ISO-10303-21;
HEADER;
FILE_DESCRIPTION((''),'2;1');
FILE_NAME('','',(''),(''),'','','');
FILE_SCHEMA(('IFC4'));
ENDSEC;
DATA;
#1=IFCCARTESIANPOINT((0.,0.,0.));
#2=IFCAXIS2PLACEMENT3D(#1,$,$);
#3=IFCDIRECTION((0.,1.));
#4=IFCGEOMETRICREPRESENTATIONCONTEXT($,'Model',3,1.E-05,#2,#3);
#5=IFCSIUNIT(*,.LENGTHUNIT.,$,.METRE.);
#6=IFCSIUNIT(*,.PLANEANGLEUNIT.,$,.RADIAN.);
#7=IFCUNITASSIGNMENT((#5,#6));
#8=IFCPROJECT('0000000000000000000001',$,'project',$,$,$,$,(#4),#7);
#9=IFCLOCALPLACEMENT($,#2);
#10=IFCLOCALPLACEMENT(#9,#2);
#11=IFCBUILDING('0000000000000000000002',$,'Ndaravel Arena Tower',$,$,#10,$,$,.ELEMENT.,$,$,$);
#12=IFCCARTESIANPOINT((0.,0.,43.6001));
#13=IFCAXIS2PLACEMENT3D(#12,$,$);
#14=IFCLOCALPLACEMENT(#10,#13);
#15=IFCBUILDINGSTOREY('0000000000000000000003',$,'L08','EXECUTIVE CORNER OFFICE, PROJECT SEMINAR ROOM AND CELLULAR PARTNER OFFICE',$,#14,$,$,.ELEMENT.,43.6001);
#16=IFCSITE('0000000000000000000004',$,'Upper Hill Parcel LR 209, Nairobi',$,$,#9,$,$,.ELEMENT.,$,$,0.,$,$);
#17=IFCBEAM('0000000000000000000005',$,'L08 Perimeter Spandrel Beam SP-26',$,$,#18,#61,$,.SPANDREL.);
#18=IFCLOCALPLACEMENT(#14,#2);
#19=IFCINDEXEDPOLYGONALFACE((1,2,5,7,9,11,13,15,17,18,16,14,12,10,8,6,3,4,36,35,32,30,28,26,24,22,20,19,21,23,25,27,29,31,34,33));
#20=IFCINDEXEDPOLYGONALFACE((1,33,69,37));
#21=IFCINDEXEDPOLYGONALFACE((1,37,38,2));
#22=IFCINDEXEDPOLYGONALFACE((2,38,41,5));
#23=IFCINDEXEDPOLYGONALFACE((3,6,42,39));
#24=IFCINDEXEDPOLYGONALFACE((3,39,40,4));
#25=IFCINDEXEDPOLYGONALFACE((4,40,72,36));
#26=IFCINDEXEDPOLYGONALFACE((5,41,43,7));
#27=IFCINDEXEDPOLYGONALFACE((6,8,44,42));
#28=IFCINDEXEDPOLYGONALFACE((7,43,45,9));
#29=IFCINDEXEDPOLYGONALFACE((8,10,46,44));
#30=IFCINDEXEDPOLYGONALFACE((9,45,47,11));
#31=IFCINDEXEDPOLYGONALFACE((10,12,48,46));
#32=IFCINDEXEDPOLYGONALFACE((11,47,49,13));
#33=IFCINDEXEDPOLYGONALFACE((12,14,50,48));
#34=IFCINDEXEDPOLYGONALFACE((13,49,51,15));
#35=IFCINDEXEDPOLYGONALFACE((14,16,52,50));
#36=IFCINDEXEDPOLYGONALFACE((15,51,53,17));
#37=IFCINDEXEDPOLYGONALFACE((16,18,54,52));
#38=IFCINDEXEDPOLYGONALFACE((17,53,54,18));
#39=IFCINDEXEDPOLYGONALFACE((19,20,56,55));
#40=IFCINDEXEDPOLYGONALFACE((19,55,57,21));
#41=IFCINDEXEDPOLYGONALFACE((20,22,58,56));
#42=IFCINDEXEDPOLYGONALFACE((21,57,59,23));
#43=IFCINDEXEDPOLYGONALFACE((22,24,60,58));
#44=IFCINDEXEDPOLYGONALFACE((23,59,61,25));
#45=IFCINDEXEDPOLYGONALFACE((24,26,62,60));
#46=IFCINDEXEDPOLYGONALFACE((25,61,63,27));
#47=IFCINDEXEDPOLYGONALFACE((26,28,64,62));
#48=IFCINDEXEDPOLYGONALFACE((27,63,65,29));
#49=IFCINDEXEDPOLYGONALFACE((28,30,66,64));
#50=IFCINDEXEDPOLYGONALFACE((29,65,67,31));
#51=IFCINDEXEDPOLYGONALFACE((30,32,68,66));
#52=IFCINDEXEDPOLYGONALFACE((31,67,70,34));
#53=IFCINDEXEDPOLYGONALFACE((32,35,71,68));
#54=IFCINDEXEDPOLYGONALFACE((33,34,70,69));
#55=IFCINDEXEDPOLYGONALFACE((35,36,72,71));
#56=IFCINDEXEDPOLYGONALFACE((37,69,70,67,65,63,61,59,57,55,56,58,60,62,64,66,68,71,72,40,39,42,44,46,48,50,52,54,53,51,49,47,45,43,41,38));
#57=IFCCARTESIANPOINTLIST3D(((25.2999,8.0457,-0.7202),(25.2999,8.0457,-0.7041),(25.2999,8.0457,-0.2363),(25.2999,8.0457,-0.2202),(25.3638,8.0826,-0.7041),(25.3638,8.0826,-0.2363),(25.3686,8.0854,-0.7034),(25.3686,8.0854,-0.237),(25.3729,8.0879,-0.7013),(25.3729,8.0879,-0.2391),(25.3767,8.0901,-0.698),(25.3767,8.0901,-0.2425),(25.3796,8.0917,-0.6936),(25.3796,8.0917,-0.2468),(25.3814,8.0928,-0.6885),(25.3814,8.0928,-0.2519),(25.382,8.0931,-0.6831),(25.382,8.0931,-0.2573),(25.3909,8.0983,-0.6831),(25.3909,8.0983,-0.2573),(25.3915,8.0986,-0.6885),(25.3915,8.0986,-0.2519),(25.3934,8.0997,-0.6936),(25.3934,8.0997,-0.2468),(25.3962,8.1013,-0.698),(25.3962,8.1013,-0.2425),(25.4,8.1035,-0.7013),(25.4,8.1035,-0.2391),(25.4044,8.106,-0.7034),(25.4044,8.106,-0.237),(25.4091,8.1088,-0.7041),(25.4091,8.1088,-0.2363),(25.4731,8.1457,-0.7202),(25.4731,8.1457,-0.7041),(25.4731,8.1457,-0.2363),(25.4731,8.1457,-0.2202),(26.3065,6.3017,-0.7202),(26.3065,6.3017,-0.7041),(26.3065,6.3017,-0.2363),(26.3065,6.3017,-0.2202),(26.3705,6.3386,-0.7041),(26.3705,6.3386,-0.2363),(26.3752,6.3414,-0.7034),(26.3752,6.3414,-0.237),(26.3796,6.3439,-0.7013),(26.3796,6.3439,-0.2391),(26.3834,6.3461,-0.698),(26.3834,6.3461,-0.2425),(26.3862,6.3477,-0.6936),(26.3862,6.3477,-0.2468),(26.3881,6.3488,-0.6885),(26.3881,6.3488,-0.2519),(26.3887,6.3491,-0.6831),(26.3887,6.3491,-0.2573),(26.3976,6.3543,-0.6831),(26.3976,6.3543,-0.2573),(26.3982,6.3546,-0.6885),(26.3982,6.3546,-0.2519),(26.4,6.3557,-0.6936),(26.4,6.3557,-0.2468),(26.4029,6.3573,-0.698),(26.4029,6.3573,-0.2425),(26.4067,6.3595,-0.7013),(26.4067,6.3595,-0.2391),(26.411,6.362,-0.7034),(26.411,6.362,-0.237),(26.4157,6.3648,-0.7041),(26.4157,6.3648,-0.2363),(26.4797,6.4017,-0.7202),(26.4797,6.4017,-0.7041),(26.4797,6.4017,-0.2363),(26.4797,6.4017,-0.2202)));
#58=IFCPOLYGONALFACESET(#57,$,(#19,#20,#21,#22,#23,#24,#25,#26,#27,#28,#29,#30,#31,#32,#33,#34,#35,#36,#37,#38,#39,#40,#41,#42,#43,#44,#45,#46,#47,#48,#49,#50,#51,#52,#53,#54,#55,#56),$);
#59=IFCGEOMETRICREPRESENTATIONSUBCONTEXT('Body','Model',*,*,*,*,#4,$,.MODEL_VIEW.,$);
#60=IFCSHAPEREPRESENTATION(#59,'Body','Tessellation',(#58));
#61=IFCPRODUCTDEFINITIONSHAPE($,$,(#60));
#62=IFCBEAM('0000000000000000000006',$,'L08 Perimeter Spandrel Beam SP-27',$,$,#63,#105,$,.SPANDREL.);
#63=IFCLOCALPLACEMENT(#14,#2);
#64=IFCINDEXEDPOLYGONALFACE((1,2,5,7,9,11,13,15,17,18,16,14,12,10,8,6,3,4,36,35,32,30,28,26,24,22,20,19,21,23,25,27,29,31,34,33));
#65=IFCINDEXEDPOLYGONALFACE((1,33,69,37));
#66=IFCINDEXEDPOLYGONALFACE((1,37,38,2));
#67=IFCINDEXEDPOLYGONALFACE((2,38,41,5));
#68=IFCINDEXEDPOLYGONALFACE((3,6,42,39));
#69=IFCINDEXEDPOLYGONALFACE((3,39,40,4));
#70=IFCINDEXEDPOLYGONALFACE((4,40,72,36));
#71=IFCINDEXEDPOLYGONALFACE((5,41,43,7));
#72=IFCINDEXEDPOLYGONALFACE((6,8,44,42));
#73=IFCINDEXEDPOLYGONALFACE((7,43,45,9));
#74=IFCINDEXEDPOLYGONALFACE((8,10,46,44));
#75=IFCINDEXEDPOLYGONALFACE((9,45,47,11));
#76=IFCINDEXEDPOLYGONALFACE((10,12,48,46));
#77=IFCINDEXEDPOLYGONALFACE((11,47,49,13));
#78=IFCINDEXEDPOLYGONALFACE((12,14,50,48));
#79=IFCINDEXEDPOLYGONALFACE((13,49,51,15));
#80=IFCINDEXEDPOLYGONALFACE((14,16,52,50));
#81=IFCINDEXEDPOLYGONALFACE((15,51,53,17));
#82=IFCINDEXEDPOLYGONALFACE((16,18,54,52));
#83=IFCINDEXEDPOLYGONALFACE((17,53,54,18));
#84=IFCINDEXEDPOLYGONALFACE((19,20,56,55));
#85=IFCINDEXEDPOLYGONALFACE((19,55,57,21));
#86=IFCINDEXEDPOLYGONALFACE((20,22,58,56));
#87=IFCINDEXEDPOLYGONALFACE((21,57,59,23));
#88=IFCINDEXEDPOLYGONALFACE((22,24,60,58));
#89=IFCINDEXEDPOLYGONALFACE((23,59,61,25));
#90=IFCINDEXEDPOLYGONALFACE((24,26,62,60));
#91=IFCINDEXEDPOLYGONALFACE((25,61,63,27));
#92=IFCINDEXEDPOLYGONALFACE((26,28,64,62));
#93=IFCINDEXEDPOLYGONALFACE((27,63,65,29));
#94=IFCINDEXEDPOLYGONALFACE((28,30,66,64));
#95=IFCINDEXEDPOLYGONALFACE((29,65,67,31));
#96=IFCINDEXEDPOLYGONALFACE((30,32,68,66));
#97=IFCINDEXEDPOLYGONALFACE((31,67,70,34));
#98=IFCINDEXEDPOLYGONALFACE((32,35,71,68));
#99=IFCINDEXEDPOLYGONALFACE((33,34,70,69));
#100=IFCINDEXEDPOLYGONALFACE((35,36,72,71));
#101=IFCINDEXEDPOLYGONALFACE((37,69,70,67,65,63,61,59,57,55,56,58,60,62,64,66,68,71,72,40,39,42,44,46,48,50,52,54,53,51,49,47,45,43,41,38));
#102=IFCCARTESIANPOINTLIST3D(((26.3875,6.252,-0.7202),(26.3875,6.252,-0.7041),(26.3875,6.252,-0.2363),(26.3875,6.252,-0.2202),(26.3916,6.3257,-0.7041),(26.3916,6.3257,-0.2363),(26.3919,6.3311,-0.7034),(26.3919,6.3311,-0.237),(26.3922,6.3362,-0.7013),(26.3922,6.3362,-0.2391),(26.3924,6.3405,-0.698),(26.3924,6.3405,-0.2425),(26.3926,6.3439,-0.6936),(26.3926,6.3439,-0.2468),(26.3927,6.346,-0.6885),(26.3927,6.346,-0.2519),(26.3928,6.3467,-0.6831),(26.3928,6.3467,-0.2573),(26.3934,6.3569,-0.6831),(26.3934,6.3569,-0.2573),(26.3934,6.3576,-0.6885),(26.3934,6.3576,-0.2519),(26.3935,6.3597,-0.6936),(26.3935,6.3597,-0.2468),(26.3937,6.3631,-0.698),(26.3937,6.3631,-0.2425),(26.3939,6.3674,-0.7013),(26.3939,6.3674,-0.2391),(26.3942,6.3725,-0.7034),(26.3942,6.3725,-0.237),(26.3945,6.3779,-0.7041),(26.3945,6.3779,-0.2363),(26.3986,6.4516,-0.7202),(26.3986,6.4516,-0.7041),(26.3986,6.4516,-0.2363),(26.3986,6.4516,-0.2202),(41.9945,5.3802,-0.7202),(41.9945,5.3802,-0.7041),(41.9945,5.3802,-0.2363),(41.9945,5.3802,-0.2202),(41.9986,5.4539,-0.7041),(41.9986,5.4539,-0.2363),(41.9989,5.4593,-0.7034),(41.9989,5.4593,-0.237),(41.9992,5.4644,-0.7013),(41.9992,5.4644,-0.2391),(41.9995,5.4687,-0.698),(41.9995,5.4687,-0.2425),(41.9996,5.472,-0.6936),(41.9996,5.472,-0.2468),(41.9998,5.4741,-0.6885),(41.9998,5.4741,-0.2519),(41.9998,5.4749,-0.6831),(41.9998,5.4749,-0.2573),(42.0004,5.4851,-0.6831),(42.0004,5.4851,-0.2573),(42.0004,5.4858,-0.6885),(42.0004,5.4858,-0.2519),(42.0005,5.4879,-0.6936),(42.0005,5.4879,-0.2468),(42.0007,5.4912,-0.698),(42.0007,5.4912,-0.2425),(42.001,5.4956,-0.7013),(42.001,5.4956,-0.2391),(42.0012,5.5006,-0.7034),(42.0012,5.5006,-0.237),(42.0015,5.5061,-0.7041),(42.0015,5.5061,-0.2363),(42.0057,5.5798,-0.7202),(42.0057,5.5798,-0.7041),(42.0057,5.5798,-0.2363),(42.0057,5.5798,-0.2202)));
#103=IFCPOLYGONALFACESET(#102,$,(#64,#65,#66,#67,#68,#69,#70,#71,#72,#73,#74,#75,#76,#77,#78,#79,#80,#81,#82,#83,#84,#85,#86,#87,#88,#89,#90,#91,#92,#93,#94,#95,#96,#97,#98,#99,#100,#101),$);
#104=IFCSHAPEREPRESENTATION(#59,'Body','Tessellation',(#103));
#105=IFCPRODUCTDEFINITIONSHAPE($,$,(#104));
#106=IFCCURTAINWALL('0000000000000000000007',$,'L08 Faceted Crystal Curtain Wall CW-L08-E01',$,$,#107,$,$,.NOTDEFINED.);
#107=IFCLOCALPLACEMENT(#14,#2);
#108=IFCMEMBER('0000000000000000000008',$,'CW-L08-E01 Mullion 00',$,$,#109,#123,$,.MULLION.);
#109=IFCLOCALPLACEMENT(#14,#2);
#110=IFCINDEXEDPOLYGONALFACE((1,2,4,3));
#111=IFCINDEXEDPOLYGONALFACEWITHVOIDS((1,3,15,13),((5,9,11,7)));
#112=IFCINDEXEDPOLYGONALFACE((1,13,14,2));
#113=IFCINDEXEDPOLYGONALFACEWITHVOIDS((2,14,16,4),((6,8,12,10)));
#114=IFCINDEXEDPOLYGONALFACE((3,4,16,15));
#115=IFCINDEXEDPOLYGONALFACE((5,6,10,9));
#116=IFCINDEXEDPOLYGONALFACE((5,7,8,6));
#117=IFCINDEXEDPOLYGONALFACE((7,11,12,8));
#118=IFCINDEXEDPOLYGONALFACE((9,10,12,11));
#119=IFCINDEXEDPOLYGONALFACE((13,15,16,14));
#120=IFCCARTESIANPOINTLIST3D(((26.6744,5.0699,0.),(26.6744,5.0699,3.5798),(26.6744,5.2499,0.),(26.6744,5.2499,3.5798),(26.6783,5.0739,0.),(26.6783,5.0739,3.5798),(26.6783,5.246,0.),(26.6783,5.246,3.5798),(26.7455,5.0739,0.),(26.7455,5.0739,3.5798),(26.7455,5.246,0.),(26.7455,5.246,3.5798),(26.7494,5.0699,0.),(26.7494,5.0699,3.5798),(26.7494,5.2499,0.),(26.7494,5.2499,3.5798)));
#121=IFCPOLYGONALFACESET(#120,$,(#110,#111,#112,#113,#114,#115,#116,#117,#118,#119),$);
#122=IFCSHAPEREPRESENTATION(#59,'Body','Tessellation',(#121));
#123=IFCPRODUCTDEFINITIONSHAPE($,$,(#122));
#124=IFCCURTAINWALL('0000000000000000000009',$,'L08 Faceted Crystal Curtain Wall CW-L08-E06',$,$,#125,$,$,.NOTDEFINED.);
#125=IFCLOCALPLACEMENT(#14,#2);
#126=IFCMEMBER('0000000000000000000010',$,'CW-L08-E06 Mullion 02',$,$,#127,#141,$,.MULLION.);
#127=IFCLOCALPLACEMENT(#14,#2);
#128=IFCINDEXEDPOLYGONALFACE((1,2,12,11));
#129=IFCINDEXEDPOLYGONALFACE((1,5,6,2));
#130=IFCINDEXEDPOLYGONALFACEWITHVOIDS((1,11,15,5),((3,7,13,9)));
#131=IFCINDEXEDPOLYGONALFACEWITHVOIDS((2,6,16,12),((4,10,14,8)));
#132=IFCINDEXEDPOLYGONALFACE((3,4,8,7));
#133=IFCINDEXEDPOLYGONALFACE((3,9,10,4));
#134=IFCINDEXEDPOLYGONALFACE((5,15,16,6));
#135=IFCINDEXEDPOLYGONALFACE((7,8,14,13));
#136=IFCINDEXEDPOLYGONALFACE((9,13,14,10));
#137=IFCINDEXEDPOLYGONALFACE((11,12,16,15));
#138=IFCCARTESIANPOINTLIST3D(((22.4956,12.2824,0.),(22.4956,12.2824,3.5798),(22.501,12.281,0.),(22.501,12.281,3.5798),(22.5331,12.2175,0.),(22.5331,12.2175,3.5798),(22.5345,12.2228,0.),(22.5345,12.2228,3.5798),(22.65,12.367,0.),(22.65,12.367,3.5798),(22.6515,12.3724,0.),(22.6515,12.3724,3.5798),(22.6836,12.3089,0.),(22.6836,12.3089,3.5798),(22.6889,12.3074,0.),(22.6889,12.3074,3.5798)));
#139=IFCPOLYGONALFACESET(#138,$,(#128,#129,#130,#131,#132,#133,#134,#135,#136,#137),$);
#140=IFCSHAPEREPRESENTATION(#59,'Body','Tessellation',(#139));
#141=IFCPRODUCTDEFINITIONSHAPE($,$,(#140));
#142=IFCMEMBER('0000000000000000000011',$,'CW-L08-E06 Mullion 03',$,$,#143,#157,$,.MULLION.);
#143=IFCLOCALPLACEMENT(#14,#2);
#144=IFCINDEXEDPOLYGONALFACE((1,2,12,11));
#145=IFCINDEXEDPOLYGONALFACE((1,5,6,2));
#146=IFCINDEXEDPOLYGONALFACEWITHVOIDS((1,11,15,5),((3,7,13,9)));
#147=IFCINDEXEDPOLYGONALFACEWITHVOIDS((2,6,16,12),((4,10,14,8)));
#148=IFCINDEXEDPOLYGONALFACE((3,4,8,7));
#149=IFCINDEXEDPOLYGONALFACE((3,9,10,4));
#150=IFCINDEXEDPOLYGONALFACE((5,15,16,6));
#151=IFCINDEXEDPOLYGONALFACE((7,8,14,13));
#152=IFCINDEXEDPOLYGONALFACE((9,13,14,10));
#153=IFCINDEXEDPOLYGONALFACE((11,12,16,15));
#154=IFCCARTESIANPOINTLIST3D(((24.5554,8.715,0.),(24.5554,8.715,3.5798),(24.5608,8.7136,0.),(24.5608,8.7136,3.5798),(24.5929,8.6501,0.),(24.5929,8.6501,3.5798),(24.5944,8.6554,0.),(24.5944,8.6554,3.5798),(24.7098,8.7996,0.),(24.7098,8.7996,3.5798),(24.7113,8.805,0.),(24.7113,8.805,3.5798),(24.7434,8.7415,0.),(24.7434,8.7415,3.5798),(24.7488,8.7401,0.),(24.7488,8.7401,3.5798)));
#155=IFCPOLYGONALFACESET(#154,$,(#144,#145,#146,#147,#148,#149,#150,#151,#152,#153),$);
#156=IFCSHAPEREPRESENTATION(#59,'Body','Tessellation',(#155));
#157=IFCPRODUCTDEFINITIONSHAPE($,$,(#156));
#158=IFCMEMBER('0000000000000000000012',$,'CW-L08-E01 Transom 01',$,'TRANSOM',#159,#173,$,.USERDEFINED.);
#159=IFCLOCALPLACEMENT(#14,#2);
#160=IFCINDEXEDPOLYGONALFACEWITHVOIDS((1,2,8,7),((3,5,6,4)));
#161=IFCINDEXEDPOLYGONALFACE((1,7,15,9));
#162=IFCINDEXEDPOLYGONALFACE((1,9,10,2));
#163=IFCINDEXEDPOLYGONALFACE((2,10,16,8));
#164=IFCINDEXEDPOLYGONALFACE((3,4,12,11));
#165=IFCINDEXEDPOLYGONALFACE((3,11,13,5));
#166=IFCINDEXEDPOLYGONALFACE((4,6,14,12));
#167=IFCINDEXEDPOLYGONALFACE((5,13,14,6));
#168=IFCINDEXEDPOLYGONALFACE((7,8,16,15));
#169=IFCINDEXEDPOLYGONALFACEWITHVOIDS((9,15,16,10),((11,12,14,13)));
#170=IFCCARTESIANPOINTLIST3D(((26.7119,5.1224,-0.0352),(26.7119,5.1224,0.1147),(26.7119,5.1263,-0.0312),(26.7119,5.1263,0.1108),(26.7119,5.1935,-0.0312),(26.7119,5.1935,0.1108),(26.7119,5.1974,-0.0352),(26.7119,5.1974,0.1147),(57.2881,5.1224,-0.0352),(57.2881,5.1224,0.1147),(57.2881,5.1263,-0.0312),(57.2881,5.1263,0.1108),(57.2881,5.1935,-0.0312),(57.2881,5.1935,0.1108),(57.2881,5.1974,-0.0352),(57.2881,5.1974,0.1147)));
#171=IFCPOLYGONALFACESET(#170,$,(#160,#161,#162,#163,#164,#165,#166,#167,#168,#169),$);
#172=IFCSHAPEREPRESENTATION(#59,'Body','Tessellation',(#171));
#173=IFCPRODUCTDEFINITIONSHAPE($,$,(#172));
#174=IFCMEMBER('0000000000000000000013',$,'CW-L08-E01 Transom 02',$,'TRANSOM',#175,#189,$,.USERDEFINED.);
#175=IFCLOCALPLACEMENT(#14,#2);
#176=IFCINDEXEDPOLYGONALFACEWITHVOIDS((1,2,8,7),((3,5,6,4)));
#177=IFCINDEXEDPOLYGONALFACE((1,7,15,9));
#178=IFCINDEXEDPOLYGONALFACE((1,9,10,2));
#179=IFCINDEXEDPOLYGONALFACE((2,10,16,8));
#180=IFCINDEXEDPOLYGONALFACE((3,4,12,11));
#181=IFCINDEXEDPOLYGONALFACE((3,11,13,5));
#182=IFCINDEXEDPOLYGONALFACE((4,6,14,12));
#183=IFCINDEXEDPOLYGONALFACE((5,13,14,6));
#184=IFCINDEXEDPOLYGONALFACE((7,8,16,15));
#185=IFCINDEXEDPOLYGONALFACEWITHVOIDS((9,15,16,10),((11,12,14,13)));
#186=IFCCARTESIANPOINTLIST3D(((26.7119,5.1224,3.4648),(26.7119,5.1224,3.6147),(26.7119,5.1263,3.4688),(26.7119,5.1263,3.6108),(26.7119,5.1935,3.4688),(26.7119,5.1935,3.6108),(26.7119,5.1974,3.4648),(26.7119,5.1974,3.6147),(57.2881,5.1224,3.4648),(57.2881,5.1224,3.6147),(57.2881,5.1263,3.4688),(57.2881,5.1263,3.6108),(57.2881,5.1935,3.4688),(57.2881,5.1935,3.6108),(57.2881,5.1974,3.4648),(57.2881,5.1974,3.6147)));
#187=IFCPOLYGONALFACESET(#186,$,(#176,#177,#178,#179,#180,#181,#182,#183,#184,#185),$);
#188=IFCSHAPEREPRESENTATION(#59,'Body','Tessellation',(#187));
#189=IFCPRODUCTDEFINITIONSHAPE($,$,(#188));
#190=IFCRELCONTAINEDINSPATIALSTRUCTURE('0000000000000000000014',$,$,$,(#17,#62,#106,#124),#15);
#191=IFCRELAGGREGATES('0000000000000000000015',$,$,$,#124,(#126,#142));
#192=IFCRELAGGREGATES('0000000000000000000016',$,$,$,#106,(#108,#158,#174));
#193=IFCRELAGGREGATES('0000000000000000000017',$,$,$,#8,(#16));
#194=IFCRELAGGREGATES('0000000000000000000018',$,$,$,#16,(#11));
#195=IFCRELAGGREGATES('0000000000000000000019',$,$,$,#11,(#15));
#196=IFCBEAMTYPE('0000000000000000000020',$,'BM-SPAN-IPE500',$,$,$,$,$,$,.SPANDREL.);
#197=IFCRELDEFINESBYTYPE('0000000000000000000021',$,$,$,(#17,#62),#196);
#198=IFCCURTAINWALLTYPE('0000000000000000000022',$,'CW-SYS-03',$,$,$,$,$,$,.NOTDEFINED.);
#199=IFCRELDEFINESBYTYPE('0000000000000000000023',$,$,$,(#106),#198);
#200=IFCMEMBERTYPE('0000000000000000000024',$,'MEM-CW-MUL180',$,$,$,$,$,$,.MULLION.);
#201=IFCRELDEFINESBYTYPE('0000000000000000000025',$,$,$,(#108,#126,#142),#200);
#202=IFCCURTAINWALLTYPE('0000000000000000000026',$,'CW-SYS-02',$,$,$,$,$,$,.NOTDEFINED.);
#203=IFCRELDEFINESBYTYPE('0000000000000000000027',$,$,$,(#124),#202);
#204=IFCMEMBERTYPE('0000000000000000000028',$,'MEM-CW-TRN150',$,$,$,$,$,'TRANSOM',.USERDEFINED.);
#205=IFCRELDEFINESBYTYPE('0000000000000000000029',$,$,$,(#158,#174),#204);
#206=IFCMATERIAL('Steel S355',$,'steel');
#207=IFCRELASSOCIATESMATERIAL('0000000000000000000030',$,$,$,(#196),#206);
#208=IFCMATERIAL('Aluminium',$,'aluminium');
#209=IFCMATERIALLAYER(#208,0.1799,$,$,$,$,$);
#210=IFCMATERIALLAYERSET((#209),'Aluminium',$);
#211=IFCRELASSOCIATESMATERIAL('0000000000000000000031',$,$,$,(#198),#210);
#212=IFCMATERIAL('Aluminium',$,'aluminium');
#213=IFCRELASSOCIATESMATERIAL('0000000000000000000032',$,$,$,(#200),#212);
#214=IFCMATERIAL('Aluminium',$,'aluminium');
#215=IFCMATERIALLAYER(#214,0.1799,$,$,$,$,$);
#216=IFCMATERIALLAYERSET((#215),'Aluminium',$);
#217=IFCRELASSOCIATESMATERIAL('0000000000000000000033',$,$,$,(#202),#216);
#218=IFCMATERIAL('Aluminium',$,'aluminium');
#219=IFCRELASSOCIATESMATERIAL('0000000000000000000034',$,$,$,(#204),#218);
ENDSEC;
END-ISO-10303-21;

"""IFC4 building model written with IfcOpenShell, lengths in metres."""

from ifc_helpers import new_model, si_unit, direction, frame, origin, origin_2d, place, context, subcontext, project, spatial, hollow_rectangle, i_section, extrude, material, layer, layer_set, material_profile, profile_set, type_object, element, aggregate, save


model = new_model("IFC4")

# Units and contexts
model_context = context("Model", 3, precision=1e-05, world=origin(), true_north=direction((0.0, 1.0)))
body_context = subcontext(model_context, "Body", "Model", "MODEL_VIEW")
ifc_project = project(units=[si_unit("LENGTHUNIT", "METRE"), si_unit("PLANEANGLEUNIT", "RADIAN")], contexts=[model_context])

# Site, building, storey
site_placement = place(None, origin())
site = spatial("IfcSite", under=ifc_project, at=site_placement, Name="Upper Hill Parcel LR 209, Nairobi", CompositionType="ELEMENT", RefElevation=0.0)
building_placement = place(site_placement, origin())
building = spatial("IfcBuilding", under=site, at=building_placement, Name="Ndaravel Arena Tower", CompositionType="ELEMENT")
storey_placement = place(building_placement, frame((0.0, 0.0, 43.6001)))
storey = spatial("IfcBuildingStorey", under=building, at=storey_placement, Name="L08", Description="EXECUTIVE CORNER OFFICE, PROJECT SEMINAR ROOM AND CELLULAR PARTNER OFFICE", CompositionType="ELEMENT", Elevation=43.6001)

# Beams
ifc_material_1 = material(Name="Steel S355", Category="steel")
ifc_material_profile_1 = material_profile(ifc_material_1, i_section(OverallWidth=0.2, OverallDepth=0.5, WebThickness=0.0103, FlangeThickness=0.0161, FilletRadius=0.021, at=origin_2d()), Name="IPE 500")
ifc_profile_set_1 = profile_set([ifc_material_profile_1], Name="Steel S355")
beam_type = type_object("IfcBeamType", Name="BM-SPAN-IPE500", PredefinedType="SPANDREL", material=ifc_profile_set_1)
beam_1_placement = place(storey_placement, frame((25.3865, 8.0957, -0.4702), z_axis=(0.499908, -0.866079, 0.0), x_axis=(0.866079, 0.499908, 0.0)))
element("IfcBeam", 1, at=beam_1_placement, inside=storey, type_object=beam_type, Name="L08 Perimeter Spandrel Beam SP-26", PredefinedType="SPANDREL", context=body_context, shape_type="SweptSolid", body=[
    extrude(i_section(OverallWidth=0.2, OverallDepth=0.5, WebThickness=0.0103, FlangeThickness=0.0161, FilletRadius=0.021, at=origin_2d()), origin(), (0.0, 0.0, 1.0), 2.0137),
])
beam_2_placement = place(storey_placement, frame((26.3931, 6.3518, -0.4702), z_axis=(0.998443, -0.055775, 0.0), x_axis=(0.055775, 0.998443, 0.0)))
element("IfcBeam", 2, at=beam_2_placement, inside=storey, type_object=beam_type, Name="L08 Perimeter Spandrel Beam SP-27", PredefinedType="SPANDREL", context=body_context, shape_type="SweptSolid", body=[
    extrude(i_section(OverallWidth=0.2, OverallDepth=0.5, WebThickness=0.0103, FlangeThickness=0.0161, FilletRadius=0.021, at=origin_2d()), origin(), (0.0, 0.0, 1.0), 15.6313),
])

# Curtain wall, member
ifc_material_2 = material(Name="Aluminium", Category="aluminium")
ifc_layer_1 = layer(ifc_material_2, 0.1799)
ifc_layer_set_1 = layer_set([ifc_layer_1], Name="Aluminium")
curtain_wall_type_1 = type_object("IfcCurtainWallType", Name="CW-SYS-03", PredefinedType="NOTDEFINED", material=ifc_layer_set_1)
curtain_wall_1_placement = place(storey_placement, origin())
curtain_wall_1 = element("IfcCurtainWall", 3, at=curtain_wall_1_placement, inside=storey, type_object=curtain_wall_type_1, Name="L08 Faceted Crystal Curtain Wall CW-L08-E01", PredefinedType="NOTDEFINED")
ifc_material_3 = material(Name="Aluminium", Category="aluminium")
ifc_material_profile_2 = material_profile(ifc_material_3, hollow_rectangle(XDim=0.075, YDim=0.1799, WallThickness=0.0039, at=origin_2d()), Name="CW MULLION 75x180x4")
ifc_profile_set_2 = profile_set([ifc_material_profile_2], Name="Aluminium")
member_type_1 = type_object("IfcMemberType", Name="MEM-CW-MUL180", PredefinedType="MULLION", material=ifc_profile_set_2)
member_1_placement = place(storey_placement, frame((26.7119, 5.1599, 0.0), z_axis=(0.0, 0.0, 1.0), x_axis=(1.0, 0.0, 0.0)))
member_1 = element("IfcMember", 4, at=member_1_placement, type_object=member_type_1, Name="CW-L08-E01 Mullion 00", PredefinedType="MULLION", context=body_context, shape_type="SweptSolid", body=[
    extrude(hollow_rectangle(XDim=0.075, YDim=0.1799, WallThickness=0.0039, at=origin_2d()), origin(), (0.0, 0.0, 1.0), 3.5798),
])

# Curtain wall, members
ifc_material_4 = material(Name="Aluminium", Category="aluminium")
ifc_layer_2 = layer(ifc_material_4, 0.1799)
ifc_layer_set_2 = layer_set([ifc_layer_2], Name="Aluminium")
curtain_wall_type_2 = type_object("IfcCurtainWallType", Name="CW-SYS-02", PredefinedType="NOTDEFINED", material=ifc_layer_set_2)
curtain_wall_2_placement = place(storey_placement, origin())
curtain_wall_2 = element("IfcCurtainWall", 5, at=curtain_wall_2_placement, inside=storey, type_object=curtain_wall_type_2, Name="L08 Faceted Crystal Curtain Wall CW-L08-E06", PredefinedType="NOTDEFINED")
member_2_placement = place(storey_placement, frame((22.5923, 12.2949, 0.0), z_axis=(0.0, 0.0, 1.0), x_axis=(0.5, -0.866025, 0.0)))
member_2 = element("IfcMember", 6, at=member_2_placement, type_object=member_type_1, Name="CW-L08-E06 Mullion 02", PredefinedType="MULLION", context=body_context, shape_type="SweptSolid", body=[
    extrude(hollow_rectangle(XDim=0.075, YDim=0.1799, WallThickness=0.0039, at=origin_2d()), origin(), (0.0, 0.0, 1.0), 3.5798),
])
member_3_placement = place(storey_placement, frame((24.6521, 8.7275, 0.0), z_axis=(0.0, 0.0, 1.0), x_axis=(0.5, -0.866025, 0.0)))
member_3 = element("IfcMember", 7, at=member_3_placement, type_object=member_type_1, Name="CW-L08-E06 Mullion 03", PredefinedType="MULLION", context=body_context, shape_type="SweptSolid", body=[
    extrude(hollow_rectangle(XDim=0.075, YDim=0.1799, WallThickness=0.0039, at=origin_2d()), origin(), (0.0, 0.0, 1.0), 3.5798),
])

# Members
ifc_material_5 = material(Name="Aluminium", Category="aluminium")
ifc_material_profile_3 = material_profile(ifc_material_5, hollow_rectangle(XDim=0.075, YDim=0.1499, WallThickness=0.0039, at=origin_2d()), Name="CW TRANSOM 75x150x4")
ifc_profile_set_3 = profile_set([ifc_material_profile_3], Name="Aluminium")
member_type_2 = type_object("IfcMemberType", Name="MEM-CW-TRN150", ElementType="TRANSOM", PredefinedType="USERDEFINED", material=ifc_profile_set_3)
member_4_placement = place(storey_placement, frame((26.7119, 5.1599, 0.0398), z_axis=(1.0, 0.0, 0.0), x_axis=(0.0, 1.0, 0.0)))
member_4 = element("IfcMember", 8, at=member_4_placement, type_object=member_type_2, Name="CW-L08-E01 Transom 01", ObjectType="TRANSOM", PredefinedType="USERDEFINED", context=body_context, shape_type="SweptSolid", body=[
    extrude(hollow_rectangle(XDim=0.075, YDim=0.1499, WallThickness=0.0039, at=origin_2d()), origin(), (0.0, 0.0, 1.0), 30.5762),
])
member_5_placement = place(storey_placement, frame((26.7119, 5.1599, 3.5398), z_axis=(1.0, 0.0, 0.0), x_axis=(0.0, 1.0, 0.0)))
member_5 = element("IfcMember", 9, at=member_5_placement, type_object=member_type_2, Name="CW-L08-E01 Transom 02", ObjectType="TRANSOM", PredefinedType="USERDEFINED", context=body_context, shape_type="SweptSolid", body=[
    extrude(hollow_rectangle(XDim=0.075, YDim=0.1499, WallThickness=0.0039, at=origin_2d()), origin(), (0.0, 0.0, 1.0), 30.5762),
])

aggregate(curtain_wall_2, [member_2, member_3])
aggregate(curtain_wall_1, [member_1, member_4, member_5])

save(model, "model.ifc")
